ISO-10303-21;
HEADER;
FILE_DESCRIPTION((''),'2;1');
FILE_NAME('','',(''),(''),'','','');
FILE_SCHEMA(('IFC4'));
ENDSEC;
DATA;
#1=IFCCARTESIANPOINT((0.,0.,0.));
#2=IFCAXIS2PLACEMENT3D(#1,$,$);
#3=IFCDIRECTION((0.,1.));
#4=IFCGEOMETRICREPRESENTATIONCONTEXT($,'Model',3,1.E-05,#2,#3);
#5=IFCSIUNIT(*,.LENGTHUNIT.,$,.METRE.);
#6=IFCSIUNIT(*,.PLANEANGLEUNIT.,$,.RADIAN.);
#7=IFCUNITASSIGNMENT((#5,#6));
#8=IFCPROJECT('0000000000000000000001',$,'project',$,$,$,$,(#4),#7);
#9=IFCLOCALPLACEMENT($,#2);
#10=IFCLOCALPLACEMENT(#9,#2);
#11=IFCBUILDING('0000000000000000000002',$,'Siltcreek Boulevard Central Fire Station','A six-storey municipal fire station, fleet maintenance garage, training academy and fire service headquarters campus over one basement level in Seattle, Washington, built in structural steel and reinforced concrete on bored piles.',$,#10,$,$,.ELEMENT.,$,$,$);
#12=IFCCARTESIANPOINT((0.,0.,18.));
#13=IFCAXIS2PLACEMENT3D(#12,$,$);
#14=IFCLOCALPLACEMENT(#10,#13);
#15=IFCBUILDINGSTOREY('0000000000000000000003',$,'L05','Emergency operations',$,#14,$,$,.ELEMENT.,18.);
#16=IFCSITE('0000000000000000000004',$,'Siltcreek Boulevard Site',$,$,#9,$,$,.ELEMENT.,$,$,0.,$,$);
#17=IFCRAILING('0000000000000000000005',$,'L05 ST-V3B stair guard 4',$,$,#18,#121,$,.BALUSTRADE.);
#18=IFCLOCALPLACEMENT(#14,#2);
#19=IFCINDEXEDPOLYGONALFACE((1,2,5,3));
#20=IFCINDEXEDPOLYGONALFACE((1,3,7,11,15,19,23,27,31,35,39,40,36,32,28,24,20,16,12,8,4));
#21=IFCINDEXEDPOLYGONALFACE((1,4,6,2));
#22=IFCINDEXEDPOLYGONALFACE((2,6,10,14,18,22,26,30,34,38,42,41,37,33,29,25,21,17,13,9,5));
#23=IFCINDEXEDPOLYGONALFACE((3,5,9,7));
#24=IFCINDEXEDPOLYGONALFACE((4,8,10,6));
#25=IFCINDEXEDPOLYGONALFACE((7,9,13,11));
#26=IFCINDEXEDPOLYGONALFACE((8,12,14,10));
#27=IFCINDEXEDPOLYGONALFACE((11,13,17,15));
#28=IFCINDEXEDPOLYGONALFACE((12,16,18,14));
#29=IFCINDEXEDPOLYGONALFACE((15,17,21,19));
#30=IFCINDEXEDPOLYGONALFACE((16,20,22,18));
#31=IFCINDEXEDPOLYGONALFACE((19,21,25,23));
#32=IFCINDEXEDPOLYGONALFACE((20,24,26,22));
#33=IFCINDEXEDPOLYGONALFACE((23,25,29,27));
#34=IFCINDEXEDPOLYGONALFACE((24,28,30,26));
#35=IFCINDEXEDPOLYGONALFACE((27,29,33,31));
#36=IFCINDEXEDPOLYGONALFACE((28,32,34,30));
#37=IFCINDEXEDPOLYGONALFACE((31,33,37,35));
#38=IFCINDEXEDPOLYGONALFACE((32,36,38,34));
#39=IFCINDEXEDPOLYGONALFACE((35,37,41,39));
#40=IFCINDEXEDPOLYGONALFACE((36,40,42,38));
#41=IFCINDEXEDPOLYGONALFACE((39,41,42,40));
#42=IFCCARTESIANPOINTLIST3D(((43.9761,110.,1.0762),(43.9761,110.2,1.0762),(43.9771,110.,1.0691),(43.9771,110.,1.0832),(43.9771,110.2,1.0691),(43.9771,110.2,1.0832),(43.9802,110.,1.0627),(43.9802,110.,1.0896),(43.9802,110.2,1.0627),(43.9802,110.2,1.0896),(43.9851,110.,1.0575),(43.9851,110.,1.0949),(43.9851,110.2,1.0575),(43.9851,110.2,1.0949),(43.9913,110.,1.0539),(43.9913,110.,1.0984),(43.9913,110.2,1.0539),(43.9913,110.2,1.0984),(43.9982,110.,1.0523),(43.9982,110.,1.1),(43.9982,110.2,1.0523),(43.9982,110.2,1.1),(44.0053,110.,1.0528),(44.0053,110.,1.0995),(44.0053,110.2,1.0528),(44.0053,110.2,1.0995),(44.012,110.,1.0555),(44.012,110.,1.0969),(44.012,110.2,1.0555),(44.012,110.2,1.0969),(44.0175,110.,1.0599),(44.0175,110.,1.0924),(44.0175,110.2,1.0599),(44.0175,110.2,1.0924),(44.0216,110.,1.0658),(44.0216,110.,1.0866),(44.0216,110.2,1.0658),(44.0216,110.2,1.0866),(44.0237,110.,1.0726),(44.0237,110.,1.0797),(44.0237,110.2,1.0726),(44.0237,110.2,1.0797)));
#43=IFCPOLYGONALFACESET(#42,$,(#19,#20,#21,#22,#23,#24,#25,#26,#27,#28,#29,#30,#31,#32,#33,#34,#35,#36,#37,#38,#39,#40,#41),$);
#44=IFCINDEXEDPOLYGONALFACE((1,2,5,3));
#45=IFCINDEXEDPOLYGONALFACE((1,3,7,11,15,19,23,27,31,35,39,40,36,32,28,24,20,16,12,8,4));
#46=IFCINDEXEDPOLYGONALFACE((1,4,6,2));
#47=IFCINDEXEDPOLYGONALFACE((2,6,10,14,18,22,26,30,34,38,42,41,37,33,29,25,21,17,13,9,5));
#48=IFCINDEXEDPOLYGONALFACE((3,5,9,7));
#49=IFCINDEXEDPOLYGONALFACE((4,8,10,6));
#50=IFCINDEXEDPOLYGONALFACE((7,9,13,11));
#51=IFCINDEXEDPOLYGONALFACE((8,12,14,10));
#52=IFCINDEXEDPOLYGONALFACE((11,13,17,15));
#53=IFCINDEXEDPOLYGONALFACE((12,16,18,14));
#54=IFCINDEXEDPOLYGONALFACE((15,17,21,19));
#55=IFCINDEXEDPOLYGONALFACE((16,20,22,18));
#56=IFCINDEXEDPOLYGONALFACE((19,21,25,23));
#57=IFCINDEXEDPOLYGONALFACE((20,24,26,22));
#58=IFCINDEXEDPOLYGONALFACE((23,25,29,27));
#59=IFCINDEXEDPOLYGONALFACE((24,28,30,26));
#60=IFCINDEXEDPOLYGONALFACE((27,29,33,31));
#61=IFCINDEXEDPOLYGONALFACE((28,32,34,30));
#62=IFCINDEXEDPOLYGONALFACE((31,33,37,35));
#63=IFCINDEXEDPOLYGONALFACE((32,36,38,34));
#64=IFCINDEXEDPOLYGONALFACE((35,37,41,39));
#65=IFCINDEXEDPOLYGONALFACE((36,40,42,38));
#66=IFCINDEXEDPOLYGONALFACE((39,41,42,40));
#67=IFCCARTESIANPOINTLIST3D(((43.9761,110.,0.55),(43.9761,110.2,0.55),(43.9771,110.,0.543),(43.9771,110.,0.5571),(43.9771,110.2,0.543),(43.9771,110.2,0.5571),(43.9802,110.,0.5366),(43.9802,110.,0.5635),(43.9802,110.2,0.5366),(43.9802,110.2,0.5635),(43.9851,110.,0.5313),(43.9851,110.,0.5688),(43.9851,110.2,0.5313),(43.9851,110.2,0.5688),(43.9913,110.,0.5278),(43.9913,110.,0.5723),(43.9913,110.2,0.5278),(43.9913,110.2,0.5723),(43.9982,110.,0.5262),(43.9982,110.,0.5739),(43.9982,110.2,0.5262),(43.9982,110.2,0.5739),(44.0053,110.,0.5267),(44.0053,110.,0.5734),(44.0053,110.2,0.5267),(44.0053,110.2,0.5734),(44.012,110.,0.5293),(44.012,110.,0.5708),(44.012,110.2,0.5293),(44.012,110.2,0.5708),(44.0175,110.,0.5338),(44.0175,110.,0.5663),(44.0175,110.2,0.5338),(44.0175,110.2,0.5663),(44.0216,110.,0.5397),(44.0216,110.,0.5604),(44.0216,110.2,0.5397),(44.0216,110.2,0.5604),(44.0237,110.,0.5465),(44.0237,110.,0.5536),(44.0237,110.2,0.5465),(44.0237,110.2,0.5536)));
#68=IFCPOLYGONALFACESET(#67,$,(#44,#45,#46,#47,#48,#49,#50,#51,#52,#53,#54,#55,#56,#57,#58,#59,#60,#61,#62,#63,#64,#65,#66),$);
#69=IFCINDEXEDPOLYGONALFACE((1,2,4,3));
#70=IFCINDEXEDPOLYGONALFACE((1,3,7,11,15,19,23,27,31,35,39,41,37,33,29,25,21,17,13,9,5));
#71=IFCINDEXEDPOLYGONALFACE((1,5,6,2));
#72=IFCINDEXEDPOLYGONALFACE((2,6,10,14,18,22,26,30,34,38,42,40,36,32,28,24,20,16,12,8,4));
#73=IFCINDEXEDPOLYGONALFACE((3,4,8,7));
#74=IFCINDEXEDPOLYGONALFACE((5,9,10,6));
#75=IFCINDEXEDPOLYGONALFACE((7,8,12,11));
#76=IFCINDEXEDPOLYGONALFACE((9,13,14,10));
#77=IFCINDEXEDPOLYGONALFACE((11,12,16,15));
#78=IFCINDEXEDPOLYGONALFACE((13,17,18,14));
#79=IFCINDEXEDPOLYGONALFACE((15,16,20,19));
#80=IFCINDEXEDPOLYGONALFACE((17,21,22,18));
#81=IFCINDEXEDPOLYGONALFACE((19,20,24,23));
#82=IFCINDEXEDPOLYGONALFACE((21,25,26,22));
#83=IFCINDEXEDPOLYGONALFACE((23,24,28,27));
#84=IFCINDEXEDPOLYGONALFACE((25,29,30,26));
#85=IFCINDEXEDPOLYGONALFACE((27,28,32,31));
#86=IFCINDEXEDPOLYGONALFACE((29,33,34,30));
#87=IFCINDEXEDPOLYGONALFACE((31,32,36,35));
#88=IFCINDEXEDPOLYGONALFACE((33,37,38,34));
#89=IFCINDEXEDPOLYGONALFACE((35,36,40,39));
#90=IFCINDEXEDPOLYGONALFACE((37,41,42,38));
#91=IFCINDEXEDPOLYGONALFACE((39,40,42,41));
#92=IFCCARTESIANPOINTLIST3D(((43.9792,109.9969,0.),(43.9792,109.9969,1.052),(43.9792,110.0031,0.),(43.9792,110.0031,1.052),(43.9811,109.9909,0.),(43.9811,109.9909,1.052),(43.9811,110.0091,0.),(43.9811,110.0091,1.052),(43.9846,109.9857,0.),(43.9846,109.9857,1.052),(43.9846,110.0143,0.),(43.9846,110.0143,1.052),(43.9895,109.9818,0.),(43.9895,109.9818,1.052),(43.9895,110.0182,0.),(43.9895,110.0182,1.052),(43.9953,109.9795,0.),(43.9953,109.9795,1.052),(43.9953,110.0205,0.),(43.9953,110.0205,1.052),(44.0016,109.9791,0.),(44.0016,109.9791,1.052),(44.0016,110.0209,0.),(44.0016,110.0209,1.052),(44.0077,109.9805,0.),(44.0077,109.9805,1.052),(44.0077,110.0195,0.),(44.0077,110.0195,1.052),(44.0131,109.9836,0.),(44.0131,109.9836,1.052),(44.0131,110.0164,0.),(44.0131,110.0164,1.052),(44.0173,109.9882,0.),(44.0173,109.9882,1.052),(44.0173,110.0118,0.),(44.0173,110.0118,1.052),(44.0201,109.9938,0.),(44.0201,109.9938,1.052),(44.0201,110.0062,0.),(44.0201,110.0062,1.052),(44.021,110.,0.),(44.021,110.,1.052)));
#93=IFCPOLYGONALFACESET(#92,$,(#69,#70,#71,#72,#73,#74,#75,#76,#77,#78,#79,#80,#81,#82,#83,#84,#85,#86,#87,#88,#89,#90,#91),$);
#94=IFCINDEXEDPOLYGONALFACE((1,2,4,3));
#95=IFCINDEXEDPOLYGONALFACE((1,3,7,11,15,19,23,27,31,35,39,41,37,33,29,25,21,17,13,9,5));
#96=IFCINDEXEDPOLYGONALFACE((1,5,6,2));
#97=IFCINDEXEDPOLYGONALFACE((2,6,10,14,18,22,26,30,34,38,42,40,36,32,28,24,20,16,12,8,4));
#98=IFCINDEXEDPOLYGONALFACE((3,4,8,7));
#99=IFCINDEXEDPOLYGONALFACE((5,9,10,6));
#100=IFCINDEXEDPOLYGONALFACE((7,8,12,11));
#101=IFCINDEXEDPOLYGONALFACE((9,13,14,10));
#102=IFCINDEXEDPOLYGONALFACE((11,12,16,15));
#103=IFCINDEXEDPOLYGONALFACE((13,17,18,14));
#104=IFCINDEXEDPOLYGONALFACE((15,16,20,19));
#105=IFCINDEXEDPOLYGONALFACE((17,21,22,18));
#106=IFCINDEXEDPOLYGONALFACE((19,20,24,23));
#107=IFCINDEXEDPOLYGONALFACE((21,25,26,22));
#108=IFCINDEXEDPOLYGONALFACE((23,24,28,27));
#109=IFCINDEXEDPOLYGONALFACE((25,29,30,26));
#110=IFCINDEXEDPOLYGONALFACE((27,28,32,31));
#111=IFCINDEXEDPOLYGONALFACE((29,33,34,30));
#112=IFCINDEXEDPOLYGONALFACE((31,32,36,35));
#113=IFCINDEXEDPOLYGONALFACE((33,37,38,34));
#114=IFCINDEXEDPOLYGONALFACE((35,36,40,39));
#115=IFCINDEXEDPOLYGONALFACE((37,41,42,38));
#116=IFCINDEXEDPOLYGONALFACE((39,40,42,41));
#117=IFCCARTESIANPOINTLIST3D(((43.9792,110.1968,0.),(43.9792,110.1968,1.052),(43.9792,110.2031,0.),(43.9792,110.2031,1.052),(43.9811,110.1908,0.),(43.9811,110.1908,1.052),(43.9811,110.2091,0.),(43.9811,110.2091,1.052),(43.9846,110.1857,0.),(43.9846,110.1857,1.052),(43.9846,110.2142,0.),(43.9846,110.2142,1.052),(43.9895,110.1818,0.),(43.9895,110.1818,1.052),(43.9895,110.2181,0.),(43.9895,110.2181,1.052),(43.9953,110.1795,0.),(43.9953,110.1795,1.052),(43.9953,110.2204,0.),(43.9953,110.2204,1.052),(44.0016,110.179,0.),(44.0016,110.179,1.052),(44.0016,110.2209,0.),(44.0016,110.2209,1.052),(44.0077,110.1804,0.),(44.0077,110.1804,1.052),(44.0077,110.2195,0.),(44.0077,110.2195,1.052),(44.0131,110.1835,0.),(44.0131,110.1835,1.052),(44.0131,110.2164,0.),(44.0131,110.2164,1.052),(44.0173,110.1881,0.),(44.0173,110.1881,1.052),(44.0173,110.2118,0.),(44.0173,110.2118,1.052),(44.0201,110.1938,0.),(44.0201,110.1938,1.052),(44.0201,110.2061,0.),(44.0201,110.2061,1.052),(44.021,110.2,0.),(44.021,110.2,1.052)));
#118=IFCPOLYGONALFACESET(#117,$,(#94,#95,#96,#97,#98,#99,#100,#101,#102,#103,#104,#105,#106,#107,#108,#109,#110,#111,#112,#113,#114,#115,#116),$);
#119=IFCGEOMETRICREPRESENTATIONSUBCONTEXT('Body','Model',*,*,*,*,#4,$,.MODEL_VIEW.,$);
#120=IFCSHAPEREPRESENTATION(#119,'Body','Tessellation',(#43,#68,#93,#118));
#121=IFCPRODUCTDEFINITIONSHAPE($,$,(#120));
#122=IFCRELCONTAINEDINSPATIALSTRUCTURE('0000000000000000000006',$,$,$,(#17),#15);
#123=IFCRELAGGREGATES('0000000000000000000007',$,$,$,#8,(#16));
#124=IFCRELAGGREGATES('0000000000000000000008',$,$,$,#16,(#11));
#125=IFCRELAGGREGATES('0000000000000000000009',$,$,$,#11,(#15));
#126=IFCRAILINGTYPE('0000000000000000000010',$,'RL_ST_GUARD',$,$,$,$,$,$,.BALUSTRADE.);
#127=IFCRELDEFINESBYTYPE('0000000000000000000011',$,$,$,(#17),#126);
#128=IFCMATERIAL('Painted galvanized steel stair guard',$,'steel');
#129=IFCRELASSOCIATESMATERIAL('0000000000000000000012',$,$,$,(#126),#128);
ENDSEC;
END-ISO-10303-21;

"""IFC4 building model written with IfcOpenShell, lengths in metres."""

from ifc_helpers import new_model, si_unit, direction, frame, origin, origin_2d, place, context, subcontext, project, spatial, circle, extrude, material, type_object, element, save


model = new_model("IFC4")

# Units and contexts
model_context = context("Model", 3, precision=1e-05, world=origin(), true_north=direction((0.0, 1.0)))
body_context = subcontext(model_context, "Body", "Model", "MODEL_VIEW")
ifc_project = project(units=[si_unit("LENGTHUNIT", "METRE"), si_unit("PLANEANGLEUNIT", "RADIAN")], contexts=[model_context])

# Site, building, storey
site_placement = place(None, origin())
site = spatial("IfcSite", under=ifc_project, at=site_placement, Name="Siltcreek Boulevard Site", CompositionType="ELEMENT", RefElevation=0.0)
building_placement = place(site_placement, origin())
building = spatial("IfcBuilding", under=site, at=building_placement, Name="Siltcreek Boulevard Central Fire Station", Description="A six-storey municipal fire station, fleet maintenance garage, training academy and fire service headquarters campus over one basement level in Seattle, Washington, built in structural steel and reinforced concrete on bored piles.", CompositionType="ELEMENT")
storey_placement = place(building_placement, frame((0.0, 0.0, 18.0)))
storey = spatial("IfcBuildingStorey", under=building, at=storey_placement, Name="L05", Description="Emergency operations", CompositionType="ELEMENT", Elevation=18.0)

# Railing
ifc_material_1 = material(Name="Painted galvanized steel stair guard", Category="steel")
railing_type_1 = type_object("IfcRailingType", Name="RL_ST_GUARD", PredefinedType="BALUSTRADE", material=ifc_material_1)
railing_1_placement = place(storey_placement, frame((44.0, 110.0, 0.0)))
element("IfcRailing", 1, at=railing_1_placement, inside=storey, type_object=railing_type_1, Name="L05 ST-V3B stair guard 4", PredefinedType="BALUSTRADE", context=body_context, shape_type="SweptSolid", body=[
    extrude(circle(Radius=0.0239, at=origin_2d()), frame((0.0, 0.0, 1.0762), z_axis=(0.0, 1.0, 0.0), x_axis=(-1.0, 0.0, 0.0)), (0.0, 0.0, 1.0), 0.2),
    extrude(circle(Radius=0.0239, at=origin_2d()), frame((0.0, 0.0, 0.55), z_axis=(0.0, 1.0, 0.0), x_axis=(-1.0, 0.0, 0.0)), (0.0, 0.0, 1.0), 0.2),
    extrude(circle(Radius=0.021, at=origin_2d()), origin(), (0.0, 0.0, 1.0), 1.052),
    extrude(circle(Radius=0.021, at=origin_2d()), frame((0.0, 0.2, 0.0)), (0.0, 0.0, 1.0), 1.052),
])

save(model, "model.ifc")
